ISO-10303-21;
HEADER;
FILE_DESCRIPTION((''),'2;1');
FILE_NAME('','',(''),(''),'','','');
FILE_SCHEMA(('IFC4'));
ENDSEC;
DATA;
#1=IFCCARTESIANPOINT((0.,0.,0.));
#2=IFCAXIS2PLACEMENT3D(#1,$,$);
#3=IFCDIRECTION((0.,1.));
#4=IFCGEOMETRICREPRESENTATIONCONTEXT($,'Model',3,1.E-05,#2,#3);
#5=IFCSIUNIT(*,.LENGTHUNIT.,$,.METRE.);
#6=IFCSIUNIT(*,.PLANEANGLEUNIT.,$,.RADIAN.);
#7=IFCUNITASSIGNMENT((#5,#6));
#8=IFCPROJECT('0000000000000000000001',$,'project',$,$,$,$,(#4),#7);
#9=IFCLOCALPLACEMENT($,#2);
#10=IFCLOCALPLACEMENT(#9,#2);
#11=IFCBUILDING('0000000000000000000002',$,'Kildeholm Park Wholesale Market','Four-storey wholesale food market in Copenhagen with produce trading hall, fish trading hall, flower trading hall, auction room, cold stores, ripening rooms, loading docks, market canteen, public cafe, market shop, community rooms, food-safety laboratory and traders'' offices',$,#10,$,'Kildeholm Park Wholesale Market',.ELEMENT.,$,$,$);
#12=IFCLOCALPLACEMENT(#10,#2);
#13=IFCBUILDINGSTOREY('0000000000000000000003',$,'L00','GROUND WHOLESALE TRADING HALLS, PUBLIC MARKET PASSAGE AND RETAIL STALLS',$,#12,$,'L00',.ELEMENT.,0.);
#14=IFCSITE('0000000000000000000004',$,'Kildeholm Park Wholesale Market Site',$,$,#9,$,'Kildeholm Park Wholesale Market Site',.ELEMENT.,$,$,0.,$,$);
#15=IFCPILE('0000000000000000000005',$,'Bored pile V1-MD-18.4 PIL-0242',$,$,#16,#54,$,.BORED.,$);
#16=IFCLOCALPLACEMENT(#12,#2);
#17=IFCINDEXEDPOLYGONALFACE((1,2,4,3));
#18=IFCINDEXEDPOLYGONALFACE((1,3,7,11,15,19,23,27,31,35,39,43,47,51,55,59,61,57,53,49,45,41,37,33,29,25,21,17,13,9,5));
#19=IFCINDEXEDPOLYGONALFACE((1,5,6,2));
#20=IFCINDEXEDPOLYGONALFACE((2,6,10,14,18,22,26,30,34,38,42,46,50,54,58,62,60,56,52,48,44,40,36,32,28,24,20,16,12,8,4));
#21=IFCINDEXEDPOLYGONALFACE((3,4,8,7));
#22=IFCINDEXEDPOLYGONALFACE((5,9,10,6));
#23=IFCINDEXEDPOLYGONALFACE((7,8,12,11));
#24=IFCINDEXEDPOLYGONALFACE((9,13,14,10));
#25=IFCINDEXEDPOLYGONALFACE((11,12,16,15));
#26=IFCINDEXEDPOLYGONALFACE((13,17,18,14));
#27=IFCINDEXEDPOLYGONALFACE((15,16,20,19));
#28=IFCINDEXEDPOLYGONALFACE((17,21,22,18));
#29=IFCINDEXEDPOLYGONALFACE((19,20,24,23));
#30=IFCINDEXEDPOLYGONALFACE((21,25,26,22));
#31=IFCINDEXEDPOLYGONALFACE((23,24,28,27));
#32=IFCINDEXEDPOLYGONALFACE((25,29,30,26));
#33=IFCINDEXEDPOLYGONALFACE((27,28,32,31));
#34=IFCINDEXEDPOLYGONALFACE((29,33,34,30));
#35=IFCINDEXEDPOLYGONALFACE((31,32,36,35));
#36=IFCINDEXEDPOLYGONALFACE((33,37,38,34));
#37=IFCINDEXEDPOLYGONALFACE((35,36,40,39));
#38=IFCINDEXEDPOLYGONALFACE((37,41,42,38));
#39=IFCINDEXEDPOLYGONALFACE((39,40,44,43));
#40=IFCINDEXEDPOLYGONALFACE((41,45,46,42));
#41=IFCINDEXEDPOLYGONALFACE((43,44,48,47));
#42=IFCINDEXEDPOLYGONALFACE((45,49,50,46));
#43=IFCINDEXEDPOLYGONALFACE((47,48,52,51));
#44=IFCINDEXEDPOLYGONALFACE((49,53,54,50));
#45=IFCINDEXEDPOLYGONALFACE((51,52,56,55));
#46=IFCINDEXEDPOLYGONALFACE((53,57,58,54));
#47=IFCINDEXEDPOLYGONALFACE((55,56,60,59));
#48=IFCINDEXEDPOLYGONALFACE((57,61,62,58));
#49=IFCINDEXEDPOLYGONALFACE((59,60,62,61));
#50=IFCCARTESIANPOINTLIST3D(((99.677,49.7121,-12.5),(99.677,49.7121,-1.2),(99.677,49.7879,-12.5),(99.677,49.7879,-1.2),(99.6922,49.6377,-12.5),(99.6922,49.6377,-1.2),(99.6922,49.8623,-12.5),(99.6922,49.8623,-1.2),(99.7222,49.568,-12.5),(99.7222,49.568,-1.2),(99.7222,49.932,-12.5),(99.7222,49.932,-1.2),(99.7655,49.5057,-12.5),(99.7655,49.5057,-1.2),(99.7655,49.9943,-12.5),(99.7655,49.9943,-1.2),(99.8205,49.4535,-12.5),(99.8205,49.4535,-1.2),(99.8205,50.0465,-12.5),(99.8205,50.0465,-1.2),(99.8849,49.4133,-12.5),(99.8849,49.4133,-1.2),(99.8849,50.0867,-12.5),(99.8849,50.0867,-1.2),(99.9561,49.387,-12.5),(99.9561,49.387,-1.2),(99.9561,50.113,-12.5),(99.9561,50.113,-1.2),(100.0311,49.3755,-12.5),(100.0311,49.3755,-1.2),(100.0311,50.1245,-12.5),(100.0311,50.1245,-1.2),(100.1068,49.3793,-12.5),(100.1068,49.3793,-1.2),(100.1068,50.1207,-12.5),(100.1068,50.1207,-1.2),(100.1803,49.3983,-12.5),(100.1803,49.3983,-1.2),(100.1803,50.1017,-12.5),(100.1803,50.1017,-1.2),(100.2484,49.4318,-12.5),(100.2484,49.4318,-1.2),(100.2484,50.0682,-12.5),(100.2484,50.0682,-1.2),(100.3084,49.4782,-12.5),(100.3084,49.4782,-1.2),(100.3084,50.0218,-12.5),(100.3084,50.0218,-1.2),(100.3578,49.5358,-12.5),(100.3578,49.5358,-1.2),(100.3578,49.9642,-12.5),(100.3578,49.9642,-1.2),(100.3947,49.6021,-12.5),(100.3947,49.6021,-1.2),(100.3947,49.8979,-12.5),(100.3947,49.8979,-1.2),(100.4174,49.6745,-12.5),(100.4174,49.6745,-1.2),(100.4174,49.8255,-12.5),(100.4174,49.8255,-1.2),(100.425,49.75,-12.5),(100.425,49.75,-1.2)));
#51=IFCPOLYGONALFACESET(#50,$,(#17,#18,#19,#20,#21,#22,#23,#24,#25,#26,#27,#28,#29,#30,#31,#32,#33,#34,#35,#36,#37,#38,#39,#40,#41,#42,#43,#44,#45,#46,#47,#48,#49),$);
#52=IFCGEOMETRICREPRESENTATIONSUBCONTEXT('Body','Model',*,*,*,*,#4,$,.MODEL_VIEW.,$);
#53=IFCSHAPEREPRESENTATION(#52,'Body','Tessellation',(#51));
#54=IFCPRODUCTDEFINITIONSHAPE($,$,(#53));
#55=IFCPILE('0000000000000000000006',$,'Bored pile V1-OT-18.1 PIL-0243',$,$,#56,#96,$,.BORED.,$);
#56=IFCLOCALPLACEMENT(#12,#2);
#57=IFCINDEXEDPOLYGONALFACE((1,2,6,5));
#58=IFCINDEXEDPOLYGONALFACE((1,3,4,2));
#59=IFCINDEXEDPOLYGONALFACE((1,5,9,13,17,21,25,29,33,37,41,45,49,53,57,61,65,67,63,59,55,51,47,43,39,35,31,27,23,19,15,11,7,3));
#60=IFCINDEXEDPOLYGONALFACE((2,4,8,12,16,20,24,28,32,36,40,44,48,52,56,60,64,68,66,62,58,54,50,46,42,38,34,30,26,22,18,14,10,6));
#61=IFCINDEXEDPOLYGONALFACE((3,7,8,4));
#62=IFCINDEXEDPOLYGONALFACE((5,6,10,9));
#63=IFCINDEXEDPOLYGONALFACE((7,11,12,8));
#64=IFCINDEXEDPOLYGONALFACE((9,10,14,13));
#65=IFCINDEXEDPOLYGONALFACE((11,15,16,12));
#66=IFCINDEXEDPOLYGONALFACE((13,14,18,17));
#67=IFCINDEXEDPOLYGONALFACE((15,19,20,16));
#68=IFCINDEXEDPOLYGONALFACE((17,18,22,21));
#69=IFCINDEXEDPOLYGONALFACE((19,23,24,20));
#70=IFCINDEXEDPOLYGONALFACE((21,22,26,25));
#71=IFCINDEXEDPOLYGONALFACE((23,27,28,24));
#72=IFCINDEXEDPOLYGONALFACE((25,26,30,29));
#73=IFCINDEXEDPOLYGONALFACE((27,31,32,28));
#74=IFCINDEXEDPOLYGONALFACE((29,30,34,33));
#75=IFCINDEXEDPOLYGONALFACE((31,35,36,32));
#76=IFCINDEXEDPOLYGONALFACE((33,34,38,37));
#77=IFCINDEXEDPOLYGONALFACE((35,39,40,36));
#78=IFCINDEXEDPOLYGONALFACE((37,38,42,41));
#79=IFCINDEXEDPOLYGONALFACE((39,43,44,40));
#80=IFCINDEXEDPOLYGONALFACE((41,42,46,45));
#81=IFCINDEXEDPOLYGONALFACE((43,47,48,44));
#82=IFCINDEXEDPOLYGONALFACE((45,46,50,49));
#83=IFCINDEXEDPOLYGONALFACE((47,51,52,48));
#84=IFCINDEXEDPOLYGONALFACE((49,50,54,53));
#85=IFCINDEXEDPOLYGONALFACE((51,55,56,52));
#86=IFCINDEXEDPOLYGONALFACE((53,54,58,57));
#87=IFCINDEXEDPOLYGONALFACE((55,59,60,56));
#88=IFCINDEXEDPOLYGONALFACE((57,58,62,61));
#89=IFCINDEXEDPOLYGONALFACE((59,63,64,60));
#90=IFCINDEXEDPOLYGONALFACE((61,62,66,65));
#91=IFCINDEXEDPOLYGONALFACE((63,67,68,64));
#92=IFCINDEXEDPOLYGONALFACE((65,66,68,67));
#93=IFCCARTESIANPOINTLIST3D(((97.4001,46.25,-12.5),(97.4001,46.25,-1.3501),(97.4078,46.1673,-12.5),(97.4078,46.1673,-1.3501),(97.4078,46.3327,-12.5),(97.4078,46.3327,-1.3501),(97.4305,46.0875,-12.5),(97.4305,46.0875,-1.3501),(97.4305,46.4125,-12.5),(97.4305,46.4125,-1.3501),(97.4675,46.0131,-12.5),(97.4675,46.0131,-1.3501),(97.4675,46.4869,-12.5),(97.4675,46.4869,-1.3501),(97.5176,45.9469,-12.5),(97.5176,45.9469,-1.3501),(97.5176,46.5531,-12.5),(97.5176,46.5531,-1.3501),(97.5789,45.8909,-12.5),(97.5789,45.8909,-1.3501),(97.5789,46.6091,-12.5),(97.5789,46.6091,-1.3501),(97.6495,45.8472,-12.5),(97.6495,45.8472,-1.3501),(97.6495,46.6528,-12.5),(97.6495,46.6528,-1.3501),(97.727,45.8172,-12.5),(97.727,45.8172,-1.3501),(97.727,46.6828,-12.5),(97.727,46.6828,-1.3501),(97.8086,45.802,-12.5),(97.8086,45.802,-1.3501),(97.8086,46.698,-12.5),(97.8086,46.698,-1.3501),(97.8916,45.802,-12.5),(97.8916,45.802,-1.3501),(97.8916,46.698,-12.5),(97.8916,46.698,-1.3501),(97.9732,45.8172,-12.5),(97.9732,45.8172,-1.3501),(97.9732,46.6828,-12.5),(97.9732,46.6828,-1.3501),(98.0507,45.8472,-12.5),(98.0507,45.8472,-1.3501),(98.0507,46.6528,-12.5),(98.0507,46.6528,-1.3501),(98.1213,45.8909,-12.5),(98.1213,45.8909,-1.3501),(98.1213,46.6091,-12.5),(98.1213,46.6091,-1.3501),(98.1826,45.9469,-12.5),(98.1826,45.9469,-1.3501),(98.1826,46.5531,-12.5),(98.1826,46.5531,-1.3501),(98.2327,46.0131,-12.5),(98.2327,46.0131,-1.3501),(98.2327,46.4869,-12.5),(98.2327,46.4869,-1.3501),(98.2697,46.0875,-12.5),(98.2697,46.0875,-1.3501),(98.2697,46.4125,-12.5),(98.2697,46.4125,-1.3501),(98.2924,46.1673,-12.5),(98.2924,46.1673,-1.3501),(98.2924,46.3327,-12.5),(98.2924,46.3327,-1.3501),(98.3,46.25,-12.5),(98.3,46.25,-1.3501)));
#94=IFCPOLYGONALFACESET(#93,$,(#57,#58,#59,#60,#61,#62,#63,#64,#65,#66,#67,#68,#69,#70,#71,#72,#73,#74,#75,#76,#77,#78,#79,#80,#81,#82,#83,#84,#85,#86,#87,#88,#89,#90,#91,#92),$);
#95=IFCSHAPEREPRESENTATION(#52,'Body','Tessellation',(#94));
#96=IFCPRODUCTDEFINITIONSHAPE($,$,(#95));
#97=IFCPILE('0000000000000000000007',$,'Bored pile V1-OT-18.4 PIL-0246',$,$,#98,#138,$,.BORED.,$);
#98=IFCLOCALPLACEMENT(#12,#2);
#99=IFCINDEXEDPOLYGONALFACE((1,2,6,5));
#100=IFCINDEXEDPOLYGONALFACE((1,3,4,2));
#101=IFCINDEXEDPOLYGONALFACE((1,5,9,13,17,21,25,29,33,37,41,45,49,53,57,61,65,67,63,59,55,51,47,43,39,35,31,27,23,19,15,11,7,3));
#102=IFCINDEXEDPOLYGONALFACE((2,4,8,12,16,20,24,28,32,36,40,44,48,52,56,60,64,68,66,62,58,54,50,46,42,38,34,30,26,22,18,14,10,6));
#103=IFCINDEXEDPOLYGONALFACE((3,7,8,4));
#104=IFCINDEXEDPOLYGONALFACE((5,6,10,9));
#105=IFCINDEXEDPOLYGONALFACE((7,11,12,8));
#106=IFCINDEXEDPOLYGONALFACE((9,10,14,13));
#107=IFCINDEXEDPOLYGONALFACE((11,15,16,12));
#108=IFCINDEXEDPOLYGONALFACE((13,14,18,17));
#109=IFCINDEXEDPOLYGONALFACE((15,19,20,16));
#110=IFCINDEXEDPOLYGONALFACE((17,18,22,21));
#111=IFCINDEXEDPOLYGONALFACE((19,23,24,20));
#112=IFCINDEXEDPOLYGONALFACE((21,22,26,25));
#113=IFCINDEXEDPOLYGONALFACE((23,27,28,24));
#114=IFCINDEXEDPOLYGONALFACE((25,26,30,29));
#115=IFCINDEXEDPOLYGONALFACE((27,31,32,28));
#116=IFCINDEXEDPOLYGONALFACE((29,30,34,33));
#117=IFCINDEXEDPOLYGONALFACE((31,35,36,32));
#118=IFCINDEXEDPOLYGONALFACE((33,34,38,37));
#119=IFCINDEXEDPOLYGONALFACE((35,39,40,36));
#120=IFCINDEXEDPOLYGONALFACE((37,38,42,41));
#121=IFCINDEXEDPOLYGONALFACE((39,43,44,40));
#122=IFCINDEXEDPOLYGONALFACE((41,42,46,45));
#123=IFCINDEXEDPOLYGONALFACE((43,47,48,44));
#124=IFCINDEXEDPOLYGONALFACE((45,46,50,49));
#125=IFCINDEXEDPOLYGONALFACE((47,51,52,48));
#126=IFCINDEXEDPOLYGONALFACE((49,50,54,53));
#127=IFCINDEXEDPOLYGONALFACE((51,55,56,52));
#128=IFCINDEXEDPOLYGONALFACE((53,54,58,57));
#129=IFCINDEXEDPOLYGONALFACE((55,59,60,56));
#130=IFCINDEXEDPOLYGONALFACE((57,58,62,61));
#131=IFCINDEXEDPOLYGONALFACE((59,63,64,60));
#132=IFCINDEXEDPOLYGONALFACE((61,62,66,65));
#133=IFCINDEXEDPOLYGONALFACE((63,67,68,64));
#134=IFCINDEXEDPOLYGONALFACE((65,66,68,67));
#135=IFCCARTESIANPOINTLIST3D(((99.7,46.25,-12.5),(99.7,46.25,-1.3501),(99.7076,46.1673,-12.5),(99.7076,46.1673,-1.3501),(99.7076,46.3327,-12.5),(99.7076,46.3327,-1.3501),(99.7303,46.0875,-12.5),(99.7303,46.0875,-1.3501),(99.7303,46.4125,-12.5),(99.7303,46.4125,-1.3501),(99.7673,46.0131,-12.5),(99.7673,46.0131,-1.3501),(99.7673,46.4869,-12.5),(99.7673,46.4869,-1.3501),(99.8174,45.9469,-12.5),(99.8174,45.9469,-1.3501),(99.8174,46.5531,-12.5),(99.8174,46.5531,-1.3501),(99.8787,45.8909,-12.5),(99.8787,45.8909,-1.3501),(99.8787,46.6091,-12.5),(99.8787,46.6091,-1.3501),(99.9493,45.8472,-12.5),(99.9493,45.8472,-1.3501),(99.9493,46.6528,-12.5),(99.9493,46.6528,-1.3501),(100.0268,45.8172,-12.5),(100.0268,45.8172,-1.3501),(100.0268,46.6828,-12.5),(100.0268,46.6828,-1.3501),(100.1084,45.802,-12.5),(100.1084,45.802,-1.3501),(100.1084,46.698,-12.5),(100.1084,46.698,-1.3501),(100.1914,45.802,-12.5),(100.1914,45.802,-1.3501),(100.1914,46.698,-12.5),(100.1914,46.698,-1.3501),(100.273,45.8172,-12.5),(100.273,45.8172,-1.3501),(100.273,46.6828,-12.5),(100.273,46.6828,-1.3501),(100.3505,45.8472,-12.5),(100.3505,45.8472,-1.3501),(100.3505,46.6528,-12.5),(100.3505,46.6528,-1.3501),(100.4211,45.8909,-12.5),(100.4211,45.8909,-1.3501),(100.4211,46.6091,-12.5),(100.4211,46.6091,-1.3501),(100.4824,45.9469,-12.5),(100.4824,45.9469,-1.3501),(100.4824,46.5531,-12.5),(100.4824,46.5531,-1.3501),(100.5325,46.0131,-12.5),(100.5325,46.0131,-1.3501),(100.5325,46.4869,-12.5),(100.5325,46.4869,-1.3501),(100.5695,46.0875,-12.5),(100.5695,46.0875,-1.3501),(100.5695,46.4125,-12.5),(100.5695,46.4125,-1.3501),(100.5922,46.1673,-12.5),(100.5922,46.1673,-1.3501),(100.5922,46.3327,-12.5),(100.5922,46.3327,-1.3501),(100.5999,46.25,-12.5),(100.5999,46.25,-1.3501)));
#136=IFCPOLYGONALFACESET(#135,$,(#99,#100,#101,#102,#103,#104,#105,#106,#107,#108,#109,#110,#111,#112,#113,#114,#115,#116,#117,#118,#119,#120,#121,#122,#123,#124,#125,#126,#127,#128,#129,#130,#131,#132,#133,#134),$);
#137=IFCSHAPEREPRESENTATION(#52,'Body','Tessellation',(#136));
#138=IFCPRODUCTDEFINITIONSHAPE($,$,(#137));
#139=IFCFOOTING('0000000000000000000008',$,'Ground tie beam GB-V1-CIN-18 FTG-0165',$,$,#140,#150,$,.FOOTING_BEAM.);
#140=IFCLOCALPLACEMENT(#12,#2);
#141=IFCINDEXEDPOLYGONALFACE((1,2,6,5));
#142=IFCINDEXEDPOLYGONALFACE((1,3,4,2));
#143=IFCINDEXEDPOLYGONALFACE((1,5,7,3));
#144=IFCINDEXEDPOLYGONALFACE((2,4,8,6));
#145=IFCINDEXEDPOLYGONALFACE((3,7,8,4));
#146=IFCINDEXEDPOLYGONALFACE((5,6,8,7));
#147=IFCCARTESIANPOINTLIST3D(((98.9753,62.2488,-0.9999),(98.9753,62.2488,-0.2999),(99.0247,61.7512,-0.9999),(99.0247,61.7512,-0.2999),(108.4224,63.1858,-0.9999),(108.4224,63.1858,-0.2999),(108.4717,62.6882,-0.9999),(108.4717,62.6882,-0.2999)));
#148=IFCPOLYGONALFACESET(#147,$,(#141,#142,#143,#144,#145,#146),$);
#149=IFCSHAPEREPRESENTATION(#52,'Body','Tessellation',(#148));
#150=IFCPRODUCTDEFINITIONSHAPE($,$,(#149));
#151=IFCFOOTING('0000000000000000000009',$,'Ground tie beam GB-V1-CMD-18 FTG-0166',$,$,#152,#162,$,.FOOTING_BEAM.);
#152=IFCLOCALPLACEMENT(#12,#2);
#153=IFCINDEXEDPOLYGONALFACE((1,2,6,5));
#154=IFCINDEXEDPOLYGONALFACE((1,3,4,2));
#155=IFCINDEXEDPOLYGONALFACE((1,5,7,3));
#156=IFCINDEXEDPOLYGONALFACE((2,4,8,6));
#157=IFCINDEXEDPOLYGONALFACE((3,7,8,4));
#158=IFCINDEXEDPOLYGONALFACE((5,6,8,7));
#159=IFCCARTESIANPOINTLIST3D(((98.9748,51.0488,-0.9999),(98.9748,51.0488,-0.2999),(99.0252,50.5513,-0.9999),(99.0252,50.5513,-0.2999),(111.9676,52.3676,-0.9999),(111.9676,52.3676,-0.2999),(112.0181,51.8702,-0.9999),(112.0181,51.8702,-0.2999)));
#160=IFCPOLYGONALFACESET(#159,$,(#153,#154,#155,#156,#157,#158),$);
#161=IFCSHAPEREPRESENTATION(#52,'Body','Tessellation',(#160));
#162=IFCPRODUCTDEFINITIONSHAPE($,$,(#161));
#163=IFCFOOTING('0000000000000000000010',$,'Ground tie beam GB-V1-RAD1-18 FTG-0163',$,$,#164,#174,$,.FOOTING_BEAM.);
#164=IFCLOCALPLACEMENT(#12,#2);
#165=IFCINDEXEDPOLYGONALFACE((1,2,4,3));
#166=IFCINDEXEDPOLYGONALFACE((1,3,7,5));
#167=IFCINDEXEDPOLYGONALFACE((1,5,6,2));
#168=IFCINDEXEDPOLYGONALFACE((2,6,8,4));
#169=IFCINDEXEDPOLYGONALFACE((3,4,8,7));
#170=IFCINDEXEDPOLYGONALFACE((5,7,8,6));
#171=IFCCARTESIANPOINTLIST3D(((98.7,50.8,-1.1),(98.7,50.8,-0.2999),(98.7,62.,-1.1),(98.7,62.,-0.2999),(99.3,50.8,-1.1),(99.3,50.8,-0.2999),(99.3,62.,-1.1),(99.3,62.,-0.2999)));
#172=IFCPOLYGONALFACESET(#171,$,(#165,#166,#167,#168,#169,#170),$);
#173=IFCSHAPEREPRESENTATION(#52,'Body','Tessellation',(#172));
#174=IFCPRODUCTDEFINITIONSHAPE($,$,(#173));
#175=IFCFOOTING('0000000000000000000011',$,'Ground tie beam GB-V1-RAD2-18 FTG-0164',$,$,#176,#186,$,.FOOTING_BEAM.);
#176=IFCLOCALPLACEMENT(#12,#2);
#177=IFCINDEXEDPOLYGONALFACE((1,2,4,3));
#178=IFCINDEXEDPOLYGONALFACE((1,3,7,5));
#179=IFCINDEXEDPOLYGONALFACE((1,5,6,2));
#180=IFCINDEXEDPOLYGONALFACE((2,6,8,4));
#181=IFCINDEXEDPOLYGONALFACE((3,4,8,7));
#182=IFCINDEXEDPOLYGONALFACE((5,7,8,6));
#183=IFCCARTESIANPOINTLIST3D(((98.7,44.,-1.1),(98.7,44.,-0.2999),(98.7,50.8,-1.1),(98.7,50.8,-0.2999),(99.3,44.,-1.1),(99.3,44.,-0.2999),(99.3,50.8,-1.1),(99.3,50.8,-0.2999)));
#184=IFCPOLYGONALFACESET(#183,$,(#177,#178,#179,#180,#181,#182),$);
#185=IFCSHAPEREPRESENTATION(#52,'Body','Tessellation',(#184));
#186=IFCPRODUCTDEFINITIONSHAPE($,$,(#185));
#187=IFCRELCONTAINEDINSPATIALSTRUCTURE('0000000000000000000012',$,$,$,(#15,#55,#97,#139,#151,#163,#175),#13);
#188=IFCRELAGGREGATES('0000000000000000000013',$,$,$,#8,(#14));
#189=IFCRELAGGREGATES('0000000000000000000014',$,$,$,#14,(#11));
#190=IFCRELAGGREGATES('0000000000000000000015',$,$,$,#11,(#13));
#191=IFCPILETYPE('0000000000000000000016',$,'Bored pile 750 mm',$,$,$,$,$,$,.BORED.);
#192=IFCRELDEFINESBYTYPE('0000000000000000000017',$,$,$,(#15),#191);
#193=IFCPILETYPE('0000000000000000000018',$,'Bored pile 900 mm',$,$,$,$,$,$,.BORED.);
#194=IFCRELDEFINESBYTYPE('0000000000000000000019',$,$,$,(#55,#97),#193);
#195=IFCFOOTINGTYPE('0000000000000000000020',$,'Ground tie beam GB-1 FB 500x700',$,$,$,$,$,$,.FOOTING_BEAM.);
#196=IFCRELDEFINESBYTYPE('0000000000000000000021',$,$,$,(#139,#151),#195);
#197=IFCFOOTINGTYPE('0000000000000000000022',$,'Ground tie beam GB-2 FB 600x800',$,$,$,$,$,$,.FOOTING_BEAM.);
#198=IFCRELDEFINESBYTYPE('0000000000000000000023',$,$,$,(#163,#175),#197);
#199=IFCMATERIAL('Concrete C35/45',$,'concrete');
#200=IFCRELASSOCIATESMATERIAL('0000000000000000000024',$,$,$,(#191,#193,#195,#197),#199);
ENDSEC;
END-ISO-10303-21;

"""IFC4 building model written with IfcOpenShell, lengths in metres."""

from ifc_helpers import new_model, si_unit, direction, frame, origin, origin_2d, place, context, subcontext, project, spatial, rectangle, circle, extrude, material, material_profile, profile_set, type_object, element, save


model = new_model("IFC4")

# Units and contexts
model_context = context("Model", 3, precision=1e-05, world=origin(), true_north=direction((0.0, 1.0)))
body_context = subcontext(model_context, "Body", "Model", "MODEL_VIEW")
ifc_project = project(units=[si_unit("LENGTHUNIT", "METRE"), si_unit("PLANEANGLEUNIT", "RADIAN")], contexts=[model_context])

# Site, building, storey
site_placement = place(None, origin())
site = spatial("IfcSite", under=ifc_project, at=site_placement, Name="Kildeholm Park Wholesale Market Site", LongName="Kildeholm Park Wholesale Market Site", CompositionType="ELEMENT", RefElevation=0.0)
building_placement = place(site_placement, origin())
building = spatial("IfcBuilding", under=site, at=building_placement, Name="Kildeholm Park Wholesale Market", Description="Four-storey wholesale food market in Copenhagen with produce trading hall, fish trading hall, flower trading hall, auction room, cold stores, ripening rooms, loading docks, market canteen, public cafe, market shop, community rooms, food-safety laboratory and traders' offices", LongName="Kildeholm Park Wholesale Market", CompositionType="ELEMENT")
storey_placement = place(building_placement, origin())
storey = spatial("IfcBuildingStorey", under=building, at=storey_placement, Name="L00", Description="GROUND WHOLESALE TRADING HALLS, PUBLIC MARKET PASSAGE AND RETAIL STALLS", LongName="L00", CompositionType="ELEMENT", Elevation=0.0)

# Piles
ifc_material_1 = material(Name="Concrete C35/45", Category="concrete")
ifc_material_profile_1 = material_profile(ifc_material_1, circle(Radius=0.375, at=origin_2d()), Name="PILE D750")
ifc_profile_set_1 = profile_set([ifc_material_profile_1], Name="Concrete C35/45")
pile_type_1 = type_object("IfcPileType", Name="Bored pile 750 mm", PredefinedType="BORED", material=ifc_profile_set_1)
for number, where, z_axis, x_axis, name in (
    (1, (100.05, 49.75, -1.2), (0.0, 0.0, -1.0), (1.0, 0.0, 0.0), "Bored pile V1-MD-18.4 PIL-0242"),
):
    element("IfcPile", number, at=place(storey_placement, frame(where, z_axis=z_axis, x_axis=x_axis)), inside=storey, type_object=pile_type_1, Name=name, PredefinedType="BORED", context=body_context, shape_type="SweptSolid", body=[
        extrude(circle(Radius=0.375, at=origin_2d()), origin(), (0.0, 0.0, 1.0), 11.3),
    ])
ifc_material_profile_2 = material_profile(ifc_material_1, circle(Radius=0.45, at=origin_2d()), Name="PILE D900")
ifc_profile_set_2 = profile_set([ifc_material_profile_2], Name="Concrete C35/45")
pile_type_2 = type_object("IfcPileType", Name="Bored pile 900 mm", PredefinedType="BORED", material=ifc_profile_set_2)
for number, where, z_axis, x_axis, name in (
    (2, (97.8501, 46.25, -1.3501), (0.0, 0.0, -1.0), (1.0, 0.0, 0.0), "Bored pile V1-OT-18.1 PIL-0243"),
    (3, (100.1499, 46.25, -1.3501), (0.0, 0.0, -1.0), (1.0, 0.0, 0.0), "Bored pile V1-OT-18.4 PIL-0246"),
):
    element("IfcPile", number, at=place(storey_placement, frame(where, z_axis=z_axis, x_axis=x_axis)), inside=storey, type_object=pile_type_2, Name=name, PredefinedType="BORED", context=body_context, shape_type="SweptSolid", body=[
        extrude(circle(Radius=0.45, at=origin_2d()), origin(), (0.0, 0.0, 1.0), 11.1499),
    ])

# Footings
ifc_material_profile_3 = material_profile(ifc_material_1, rectangle(XDim=0.5, YDim=0.7, at=origin_2d()), Name="FB 500x700")
ifc_profile_set_3 = profile_set([ifc_material_profile_3], Name="Concrete C35/45")
footing_type_1 = type_object("IfcFootingType", Name="Ground tie beam GB-1 FB 500x700", PredefinedType="FOOTING_BEAM", material=ifc_profile_set_3)
footing_1_placement = place(storey_placement, frame((99.0, 62.0, -0.6499), z_axis=(0.995117, 0.098702, 0.0), x_axis=(-0.098702, 0.995117, 0.0)))
element("IfcFooting", 4, at=footing_1_placement, inside=storey, type_object=footing_type_1, Name="Ground tie beam GB-V1-CIN-18 FTG-0165", PredefinedType="FOOTING_BEAM", context=body_context, shape_type="SweptSolid", body=[
    extrude(rectangle(XDim=0.5, YDim=0.7, at=origin_2d()), origin(), (0.0, 0.0, 1.0), 9.4934),
])
footing_2_placement = place(storey_placement, frame((99.0, 50.8, -0.6499), z_axis=(0.994888, 0.100986, 0.0), x_axis=(-0.100986, 0.994888, 0.0)))
element("IfcFooting", 5, at=footing_2_placement, inside=storey, type_object=footing_type_1, Name="Ground tie beam GB-V1-CMD-18 FTG-0166", PredefinedType="FOOTING_BEAM", context=body_context, shape_type="SweptSolid", body=[
    extrude(rectangle(XDim=0.5, YDim=0.7, at=origin_2d()), origin(), (0.0, 0.0, 1.0), 13.0596),
])
ifc_material_profile_4 = material_profile(ifc_material_1, rectangle(XDim=0.6001, YDim=0.8, at=origin_2d()), Name="FB 600x800")
ifc_profile_set_4 = profile_set([ifc_material_profile_4], Name="Concrete C35/45")
footing_type_2 = type_object("IfcFootingType", Name="Ground tie beam GB-2 FB 600x800", PredefinedType="FOOTING_BEAM", material=ifc_profile_set_4)
footing_3_placement = place(storey_placement, frame((99.0, 62.0, -0.7), z_axis=(0.0, -1.0, 0.0), x_axis=(1.0, 0.0, 0.0)))
element("IfcFooting", 6, at=footing_3_placement, inside=storey, type_object=footing_type_2, Name="Ground tie beam GB-V1-RAD1-18 FTG-0163", PredefinedType="FOOTING_BEAM", context=body_context, shape_type="SweptSolid", body=[
    extrude(rectangle(XDim=0.6001, YDim=0.8, at=origin_2d()), origin(), (0.0, 0.0, 1.0), 11.2),
])
footing_4_placement = place(storey_placement, frame((99.0, 50.8, -0.7), z_axis=(0.0, -1.0, 0.0), x_axis=(1.0, 0.0, 0.0)))
element("IfcFooting", 7, at=footing_4_placement, inside=storey, type_object=footing_type_2, Name="Ground tie beam GB-V1-RAD2-18 FTG-0164", PredefinedType="FOOTING_BEAM", context=body_context, shape_type="SweptSolid", body=[
    extrude(rectangle(XDim=0.6001, YDim=0.8, at=origin_2d()), origin(), (0.0, 0.0, 1.0), 6.8),
])

save(model, "model.ifc")
